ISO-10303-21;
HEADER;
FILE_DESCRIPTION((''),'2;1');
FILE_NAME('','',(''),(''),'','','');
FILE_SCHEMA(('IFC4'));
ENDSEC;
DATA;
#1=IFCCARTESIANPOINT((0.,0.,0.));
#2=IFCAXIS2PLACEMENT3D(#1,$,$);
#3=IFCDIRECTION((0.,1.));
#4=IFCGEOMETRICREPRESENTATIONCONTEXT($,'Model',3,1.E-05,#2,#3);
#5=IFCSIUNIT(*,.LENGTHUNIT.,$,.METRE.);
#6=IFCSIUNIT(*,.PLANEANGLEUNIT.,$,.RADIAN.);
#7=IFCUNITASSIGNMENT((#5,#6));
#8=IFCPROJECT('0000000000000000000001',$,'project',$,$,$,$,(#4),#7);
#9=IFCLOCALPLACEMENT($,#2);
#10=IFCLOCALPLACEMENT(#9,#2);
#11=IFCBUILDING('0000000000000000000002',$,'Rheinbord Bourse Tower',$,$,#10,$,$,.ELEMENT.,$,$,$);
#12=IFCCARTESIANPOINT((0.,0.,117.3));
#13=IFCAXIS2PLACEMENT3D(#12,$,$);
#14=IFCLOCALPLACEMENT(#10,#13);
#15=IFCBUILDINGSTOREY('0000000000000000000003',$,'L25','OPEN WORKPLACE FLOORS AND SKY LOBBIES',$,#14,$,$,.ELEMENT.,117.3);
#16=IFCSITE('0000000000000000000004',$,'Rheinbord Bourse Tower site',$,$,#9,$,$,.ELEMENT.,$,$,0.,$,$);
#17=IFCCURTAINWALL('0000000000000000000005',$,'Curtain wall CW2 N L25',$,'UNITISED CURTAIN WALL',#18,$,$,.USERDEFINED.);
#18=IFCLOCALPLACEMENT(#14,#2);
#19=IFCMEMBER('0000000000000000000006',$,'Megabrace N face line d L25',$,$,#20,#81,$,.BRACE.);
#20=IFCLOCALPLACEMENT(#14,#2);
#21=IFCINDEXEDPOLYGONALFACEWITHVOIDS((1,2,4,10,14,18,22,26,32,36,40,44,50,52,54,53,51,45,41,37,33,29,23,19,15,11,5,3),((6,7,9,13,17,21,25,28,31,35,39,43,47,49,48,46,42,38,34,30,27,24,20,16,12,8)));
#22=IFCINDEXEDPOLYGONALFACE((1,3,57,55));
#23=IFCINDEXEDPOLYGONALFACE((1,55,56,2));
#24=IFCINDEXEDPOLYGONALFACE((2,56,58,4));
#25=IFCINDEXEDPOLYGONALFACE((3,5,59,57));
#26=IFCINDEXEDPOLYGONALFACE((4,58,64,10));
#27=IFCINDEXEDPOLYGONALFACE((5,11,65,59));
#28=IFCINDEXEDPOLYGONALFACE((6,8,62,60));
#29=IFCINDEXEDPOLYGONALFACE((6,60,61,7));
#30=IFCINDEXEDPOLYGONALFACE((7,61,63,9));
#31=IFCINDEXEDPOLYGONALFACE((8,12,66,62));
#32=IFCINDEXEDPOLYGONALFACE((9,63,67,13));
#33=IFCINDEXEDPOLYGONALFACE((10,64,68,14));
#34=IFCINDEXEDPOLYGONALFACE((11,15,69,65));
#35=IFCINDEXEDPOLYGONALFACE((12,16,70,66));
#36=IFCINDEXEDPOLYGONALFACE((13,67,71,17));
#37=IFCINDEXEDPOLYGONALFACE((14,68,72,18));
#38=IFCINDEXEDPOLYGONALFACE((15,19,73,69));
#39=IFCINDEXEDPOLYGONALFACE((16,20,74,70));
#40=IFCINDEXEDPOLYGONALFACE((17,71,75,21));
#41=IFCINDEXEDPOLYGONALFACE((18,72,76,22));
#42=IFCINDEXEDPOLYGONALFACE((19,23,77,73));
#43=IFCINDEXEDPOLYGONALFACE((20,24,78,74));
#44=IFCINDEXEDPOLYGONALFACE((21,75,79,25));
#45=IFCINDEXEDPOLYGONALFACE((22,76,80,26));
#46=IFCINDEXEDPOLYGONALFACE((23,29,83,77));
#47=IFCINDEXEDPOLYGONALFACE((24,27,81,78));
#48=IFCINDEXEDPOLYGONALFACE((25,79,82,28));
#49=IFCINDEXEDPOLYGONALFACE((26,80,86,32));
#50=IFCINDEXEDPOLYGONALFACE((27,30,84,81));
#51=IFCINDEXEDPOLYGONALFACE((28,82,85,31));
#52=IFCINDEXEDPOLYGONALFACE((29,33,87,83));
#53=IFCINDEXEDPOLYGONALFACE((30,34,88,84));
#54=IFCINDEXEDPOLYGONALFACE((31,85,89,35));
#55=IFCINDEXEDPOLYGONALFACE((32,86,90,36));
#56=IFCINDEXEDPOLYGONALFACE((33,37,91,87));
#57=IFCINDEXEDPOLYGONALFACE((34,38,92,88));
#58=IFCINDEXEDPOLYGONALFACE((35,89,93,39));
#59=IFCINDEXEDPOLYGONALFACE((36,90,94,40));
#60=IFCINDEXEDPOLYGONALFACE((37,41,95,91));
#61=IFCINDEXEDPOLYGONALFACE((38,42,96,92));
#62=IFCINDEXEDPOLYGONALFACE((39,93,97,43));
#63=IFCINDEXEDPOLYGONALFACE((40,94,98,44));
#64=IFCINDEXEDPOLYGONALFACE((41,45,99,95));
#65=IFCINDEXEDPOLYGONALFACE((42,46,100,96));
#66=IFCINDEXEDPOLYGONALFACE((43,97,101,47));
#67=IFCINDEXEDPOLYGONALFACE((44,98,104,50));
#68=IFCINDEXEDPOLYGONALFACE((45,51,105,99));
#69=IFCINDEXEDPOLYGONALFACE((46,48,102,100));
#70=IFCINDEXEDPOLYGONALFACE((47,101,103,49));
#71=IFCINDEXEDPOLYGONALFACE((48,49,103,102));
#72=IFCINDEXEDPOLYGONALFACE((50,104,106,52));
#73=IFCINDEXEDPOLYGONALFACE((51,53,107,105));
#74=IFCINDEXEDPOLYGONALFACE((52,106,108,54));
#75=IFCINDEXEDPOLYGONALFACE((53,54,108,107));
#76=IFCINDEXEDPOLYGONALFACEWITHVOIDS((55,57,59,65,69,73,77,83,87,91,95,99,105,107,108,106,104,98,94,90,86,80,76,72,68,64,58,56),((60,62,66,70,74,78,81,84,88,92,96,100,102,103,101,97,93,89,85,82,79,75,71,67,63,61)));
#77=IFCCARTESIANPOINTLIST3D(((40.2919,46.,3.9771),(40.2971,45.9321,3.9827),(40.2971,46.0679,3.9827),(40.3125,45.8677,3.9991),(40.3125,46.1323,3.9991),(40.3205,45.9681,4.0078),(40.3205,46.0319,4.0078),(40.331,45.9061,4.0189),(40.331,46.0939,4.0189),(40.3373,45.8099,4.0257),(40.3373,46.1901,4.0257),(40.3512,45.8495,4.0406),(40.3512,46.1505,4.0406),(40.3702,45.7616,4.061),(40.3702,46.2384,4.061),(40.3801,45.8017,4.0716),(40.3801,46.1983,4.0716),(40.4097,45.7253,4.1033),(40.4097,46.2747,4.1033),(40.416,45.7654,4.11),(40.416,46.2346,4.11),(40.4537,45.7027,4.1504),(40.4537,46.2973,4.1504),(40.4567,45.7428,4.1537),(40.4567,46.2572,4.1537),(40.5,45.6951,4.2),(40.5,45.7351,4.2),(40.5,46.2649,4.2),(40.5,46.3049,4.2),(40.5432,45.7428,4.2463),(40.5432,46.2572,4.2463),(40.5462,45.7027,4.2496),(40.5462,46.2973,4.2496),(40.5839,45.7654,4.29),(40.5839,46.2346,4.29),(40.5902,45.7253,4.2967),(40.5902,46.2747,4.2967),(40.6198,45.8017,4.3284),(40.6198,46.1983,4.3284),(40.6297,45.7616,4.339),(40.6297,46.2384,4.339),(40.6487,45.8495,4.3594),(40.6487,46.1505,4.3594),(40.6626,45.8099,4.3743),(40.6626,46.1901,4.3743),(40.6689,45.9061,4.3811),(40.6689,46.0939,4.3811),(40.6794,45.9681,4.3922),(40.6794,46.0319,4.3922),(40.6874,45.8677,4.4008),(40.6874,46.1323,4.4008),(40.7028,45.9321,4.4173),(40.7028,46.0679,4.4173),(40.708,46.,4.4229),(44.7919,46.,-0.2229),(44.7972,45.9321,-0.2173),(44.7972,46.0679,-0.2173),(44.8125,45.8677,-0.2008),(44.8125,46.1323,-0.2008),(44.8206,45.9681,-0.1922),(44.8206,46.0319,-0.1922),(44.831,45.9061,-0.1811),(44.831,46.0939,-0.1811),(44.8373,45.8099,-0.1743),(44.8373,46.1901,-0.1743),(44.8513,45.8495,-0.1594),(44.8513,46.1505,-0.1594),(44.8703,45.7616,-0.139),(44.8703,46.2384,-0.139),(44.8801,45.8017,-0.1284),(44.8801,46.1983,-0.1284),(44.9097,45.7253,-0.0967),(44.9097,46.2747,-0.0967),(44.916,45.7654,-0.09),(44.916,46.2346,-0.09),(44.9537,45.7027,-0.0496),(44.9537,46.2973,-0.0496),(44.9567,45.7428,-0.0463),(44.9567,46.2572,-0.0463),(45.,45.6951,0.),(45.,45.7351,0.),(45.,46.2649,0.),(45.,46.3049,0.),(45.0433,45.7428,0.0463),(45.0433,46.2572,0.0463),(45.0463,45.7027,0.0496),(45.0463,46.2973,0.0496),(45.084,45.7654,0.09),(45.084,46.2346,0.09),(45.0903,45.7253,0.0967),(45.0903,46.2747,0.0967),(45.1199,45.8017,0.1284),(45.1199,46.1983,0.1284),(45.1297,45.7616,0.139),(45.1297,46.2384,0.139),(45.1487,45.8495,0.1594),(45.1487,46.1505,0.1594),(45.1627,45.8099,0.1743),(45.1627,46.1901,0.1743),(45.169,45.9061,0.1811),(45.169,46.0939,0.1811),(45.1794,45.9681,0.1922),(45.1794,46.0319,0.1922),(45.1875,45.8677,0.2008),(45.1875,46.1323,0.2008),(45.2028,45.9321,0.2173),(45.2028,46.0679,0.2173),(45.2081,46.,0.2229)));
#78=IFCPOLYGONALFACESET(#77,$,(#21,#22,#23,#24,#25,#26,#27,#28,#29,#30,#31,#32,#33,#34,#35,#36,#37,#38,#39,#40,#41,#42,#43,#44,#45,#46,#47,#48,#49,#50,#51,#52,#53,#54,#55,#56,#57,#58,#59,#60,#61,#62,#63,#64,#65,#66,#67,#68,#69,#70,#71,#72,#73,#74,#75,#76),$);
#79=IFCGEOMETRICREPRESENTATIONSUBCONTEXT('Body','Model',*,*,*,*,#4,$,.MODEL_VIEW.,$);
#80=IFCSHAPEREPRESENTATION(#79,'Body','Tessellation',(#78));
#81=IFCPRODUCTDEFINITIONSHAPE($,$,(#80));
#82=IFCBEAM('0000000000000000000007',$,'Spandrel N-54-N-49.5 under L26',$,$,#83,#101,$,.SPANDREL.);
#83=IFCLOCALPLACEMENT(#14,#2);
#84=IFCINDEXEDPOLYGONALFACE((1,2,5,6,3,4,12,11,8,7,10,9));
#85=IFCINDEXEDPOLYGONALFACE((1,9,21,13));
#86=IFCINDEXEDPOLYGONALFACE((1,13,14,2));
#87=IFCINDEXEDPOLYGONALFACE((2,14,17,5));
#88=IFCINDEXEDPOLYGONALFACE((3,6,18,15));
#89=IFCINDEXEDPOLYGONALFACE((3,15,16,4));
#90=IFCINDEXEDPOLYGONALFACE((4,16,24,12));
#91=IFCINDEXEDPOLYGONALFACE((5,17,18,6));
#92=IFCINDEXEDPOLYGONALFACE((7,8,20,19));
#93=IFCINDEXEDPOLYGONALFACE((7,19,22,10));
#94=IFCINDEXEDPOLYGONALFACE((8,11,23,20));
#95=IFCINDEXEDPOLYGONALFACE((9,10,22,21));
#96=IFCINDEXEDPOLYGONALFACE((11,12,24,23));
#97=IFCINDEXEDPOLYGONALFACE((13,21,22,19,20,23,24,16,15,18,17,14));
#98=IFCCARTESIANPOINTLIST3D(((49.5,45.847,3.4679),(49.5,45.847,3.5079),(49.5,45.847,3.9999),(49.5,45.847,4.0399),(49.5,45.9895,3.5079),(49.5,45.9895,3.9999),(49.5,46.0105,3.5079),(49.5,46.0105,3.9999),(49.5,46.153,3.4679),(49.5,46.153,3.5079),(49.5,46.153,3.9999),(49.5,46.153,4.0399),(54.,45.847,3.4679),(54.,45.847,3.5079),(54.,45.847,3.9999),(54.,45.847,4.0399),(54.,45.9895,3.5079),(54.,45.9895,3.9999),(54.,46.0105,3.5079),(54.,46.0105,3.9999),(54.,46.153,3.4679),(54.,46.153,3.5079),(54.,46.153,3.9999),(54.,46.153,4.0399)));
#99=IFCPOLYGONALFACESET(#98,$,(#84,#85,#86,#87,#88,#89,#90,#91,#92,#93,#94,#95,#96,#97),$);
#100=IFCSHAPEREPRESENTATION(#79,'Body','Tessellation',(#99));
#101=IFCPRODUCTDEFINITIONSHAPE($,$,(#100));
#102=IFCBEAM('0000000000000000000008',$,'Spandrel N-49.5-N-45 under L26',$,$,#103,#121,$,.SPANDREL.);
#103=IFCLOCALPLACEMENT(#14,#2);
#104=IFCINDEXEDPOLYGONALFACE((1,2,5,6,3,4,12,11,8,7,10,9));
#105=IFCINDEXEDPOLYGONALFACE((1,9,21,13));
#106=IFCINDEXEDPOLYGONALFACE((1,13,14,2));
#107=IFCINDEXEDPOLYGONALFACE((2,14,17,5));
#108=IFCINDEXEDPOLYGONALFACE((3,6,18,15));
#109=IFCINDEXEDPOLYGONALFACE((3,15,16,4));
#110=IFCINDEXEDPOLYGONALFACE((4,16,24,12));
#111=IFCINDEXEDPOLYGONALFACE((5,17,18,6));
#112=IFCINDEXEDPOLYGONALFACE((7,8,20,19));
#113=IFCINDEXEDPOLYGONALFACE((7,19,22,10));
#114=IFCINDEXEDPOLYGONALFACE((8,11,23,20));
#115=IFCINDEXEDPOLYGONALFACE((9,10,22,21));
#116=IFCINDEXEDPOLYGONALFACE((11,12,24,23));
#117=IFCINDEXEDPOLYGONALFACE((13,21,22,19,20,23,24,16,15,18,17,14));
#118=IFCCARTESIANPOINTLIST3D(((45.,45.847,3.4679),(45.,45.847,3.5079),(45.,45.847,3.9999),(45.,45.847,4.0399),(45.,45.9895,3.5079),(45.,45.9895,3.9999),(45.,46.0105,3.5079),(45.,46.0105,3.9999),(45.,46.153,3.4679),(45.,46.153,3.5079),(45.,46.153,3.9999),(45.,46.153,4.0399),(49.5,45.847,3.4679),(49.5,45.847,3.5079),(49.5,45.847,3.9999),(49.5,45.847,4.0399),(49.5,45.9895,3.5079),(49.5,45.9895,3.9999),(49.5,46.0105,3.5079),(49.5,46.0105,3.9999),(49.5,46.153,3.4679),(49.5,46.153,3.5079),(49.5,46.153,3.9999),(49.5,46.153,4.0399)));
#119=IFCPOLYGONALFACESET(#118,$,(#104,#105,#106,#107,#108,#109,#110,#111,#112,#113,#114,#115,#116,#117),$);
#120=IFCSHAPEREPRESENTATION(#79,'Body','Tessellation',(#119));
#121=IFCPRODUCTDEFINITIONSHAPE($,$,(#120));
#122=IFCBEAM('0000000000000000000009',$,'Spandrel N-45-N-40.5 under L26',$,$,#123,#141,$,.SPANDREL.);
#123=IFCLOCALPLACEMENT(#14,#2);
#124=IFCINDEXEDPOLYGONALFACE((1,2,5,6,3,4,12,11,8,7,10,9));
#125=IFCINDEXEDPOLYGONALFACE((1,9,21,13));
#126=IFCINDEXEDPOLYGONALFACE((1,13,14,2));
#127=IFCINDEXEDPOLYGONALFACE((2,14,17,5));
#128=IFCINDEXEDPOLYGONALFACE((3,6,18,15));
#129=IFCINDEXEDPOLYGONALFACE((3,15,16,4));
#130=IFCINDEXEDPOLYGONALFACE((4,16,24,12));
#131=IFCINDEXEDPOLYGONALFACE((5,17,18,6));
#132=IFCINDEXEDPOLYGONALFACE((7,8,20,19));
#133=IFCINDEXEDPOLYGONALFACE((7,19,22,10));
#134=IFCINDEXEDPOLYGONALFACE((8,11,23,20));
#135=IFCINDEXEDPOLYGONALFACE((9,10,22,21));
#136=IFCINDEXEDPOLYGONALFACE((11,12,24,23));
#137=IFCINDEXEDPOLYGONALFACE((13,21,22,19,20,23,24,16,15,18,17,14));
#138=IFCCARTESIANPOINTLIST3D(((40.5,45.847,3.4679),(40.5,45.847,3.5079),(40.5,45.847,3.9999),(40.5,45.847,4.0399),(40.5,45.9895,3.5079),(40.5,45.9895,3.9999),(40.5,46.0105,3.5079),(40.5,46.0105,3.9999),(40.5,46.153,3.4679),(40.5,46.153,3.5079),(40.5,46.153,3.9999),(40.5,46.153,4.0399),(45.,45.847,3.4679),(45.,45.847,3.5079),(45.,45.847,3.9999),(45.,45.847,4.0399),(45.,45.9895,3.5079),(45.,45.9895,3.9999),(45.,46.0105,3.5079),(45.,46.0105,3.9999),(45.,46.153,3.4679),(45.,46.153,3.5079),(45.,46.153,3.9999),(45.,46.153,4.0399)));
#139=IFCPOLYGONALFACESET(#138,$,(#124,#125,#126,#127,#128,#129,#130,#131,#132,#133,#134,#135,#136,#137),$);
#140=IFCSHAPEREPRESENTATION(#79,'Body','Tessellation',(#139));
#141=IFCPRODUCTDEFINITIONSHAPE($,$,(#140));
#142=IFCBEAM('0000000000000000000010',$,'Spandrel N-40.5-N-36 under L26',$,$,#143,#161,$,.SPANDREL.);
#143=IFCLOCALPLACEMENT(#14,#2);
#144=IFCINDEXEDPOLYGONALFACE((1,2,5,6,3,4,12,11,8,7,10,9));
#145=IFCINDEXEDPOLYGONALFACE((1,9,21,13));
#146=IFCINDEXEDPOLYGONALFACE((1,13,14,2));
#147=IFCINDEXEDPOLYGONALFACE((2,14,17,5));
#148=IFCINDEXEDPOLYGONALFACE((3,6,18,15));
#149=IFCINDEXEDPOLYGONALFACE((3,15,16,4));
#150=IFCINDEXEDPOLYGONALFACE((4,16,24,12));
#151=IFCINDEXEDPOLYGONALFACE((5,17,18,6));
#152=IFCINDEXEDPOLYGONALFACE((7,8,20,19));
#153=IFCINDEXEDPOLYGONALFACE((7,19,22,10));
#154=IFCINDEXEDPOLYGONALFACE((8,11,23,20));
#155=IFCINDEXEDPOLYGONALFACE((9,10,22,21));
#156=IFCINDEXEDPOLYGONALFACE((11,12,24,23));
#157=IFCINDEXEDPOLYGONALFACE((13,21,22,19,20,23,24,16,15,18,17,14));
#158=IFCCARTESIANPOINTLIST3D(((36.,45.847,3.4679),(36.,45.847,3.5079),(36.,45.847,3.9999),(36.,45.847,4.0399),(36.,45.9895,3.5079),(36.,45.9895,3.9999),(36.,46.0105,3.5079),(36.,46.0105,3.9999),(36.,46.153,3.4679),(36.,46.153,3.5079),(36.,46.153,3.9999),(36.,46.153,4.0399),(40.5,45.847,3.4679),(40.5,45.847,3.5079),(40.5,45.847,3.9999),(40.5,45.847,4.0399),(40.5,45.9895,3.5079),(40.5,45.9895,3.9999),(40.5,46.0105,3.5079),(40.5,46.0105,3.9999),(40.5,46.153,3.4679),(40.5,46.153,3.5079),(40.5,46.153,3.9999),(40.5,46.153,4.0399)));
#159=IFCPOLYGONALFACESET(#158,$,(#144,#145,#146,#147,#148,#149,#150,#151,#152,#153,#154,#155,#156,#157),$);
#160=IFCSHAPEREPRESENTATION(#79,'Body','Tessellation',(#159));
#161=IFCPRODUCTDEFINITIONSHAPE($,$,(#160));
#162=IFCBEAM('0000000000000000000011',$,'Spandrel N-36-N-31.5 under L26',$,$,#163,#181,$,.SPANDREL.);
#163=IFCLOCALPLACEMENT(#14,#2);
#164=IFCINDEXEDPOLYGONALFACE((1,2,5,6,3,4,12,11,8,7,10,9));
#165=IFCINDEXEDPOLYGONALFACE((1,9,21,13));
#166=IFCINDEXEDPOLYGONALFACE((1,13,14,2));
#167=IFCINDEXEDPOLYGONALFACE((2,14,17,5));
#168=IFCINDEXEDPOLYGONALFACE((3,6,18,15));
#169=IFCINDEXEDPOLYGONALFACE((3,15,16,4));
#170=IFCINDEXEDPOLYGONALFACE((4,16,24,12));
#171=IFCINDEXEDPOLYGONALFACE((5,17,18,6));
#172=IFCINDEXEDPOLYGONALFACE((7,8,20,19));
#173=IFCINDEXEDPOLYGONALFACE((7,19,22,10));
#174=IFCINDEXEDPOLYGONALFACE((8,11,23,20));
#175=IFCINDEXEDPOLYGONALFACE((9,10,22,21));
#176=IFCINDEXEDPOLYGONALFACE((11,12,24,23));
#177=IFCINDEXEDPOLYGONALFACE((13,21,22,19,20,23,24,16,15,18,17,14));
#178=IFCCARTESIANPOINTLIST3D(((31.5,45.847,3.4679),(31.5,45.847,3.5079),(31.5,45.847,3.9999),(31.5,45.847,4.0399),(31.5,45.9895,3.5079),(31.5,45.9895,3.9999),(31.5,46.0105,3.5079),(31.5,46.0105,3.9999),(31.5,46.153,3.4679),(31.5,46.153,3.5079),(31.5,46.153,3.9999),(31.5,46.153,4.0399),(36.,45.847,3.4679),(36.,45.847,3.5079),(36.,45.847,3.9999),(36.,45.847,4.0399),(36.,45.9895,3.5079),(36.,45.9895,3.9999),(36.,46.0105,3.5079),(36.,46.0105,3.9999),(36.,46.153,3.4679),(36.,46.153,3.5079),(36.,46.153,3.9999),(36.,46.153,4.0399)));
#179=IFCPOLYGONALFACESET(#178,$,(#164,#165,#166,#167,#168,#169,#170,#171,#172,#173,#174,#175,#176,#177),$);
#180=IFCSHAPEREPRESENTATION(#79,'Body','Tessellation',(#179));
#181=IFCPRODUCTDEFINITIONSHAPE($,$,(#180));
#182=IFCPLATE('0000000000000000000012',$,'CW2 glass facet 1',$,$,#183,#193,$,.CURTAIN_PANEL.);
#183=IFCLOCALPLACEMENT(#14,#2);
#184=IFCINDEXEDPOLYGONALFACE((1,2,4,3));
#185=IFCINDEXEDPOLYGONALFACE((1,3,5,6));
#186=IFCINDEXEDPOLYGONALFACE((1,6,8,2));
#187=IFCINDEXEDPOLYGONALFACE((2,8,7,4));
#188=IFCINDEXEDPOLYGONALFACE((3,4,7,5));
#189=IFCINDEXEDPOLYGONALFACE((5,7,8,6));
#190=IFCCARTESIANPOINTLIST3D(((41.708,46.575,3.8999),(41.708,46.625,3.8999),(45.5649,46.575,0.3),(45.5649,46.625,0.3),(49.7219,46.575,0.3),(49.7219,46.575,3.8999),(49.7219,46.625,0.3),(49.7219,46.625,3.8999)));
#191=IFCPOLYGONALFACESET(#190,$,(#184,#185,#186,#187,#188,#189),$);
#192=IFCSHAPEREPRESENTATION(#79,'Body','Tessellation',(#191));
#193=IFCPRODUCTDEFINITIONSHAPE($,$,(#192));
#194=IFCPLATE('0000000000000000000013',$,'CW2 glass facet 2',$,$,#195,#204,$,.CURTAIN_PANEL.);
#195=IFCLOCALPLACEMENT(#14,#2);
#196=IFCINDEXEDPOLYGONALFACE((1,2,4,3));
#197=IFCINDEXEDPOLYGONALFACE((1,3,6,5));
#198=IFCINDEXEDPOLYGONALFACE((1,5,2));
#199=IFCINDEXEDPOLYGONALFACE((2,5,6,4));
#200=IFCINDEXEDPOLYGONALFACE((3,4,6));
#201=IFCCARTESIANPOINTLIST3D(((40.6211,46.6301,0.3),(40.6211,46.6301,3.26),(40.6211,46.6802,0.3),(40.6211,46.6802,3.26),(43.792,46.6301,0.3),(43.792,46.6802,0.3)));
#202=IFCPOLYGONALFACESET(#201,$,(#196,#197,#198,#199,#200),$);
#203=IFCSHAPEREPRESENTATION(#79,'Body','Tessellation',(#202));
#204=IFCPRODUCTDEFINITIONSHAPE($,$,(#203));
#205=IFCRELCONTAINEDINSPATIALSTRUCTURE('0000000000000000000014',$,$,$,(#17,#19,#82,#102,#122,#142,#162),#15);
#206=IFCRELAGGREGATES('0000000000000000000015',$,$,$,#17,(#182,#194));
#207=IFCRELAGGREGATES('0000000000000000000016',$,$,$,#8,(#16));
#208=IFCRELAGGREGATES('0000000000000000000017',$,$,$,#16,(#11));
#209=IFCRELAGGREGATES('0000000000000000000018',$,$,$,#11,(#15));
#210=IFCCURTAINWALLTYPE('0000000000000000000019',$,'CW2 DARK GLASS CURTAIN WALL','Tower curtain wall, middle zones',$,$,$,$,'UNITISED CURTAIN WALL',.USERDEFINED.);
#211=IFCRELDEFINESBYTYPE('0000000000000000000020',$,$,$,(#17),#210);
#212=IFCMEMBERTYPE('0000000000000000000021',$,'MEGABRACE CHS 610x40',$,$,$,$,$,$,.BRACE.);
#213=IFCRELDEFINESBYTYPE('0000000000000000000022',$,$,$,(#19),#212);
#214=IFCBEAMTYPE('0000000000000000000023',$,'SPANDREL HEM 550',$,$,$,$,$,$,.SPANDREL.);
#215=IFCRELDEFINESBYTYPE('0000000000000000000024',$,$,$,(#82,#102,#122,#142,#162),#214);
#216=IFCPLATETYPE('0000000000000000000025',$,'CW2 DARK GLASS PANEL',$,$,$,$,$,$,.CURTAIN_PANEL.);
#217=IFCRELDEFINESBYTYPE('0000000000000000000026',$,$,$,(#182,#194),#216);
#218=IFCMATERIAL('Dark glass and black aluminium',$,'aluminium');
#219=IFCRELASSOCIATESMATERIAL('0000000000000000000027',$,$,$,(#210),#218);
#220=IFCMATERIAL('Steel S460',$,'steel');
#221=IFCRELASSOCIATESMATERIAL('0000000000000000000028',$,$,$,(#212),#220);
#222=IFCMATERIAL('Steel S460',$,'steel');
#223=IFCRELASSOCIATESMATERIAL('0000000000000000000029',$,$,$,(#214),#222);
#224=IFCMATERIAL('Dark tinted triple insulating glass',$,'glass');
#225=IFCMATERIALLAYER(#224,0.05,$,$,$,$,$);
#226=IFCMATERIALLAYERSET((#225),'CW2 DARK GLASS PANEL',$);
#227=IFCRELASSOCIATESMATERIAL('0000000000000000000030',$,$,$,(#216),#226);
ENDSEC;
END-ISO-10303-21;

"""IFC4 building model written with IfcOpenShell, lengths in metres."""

from ifc_helpers import new_model, si_unit, direction, frame, origin, origin_2d, place, context, subcontext, project, spatial, polyline, hollow_circle, i_section, outline, extrude, material, layer, layer_set, material_profile, profile_set, type_object, element, aggregate, save


model = new_model("IFC4")

# Units and contexts
model_context = context("Model", 3, precision=1e-05, world=origin(), true_north=direction((0.0, 1.0)))
body_context = subcontext(model_context, "Body", "Model", "MODEL_VIEW")
ifc_project = project(units=[si_unit("LENGTHUNIT", "METRE"), si_unit("PLANEANGLEUNIT", "RADIAN")], contexts=[model_context])

# Site, building, storey
site_placement = place(None, origin())
site = spatial("IfcSite", under=ifc_project, at=site_placement, Name="Rheinbord Bourse Tower site", CompositionType="ELEMENT", RefElevation=0.0)
building_placement = place(site_placement, origin())
building = spatial("IfcBuilding", under=site, at=building_placement, Name="Rheinbord Bourse Tower", CompositionType="ELEMENT")
storey_placement = place(building_placement, frame((0.0, 0.0, 117.3)))
storey = spatial("IfcBuildingStorey", under=building, at=storey_placement, Name="L25", Description="OPEN WORKPLACE FLOORS AND SKY LOBBIES", CompositionType="ELEMENT", Elevation=117.3)

# Curtain wall
ifc_material_1 = material(Name="Dark glass and black aluminium", Category="aluminium")
curtain_wall_type = type_object("IfcCurtainWallType", Name="CW2 DARK GLASS CURTAIN WALL", Description="Tower curtain wall, middle zones", ElementType="UNITISED CURTAIN WALL", PredefinedType="USERDEFINED", material=ifc_material_1)
curtain_wall_placement = place(storey_placement, origin())
curtain_wall = element("IfcCurtainWall", 1, at=curtain_wall_placement, inside=storey, type_object=curtain_wall_type, Name="Curtain wall CW2 N L25", ObjectType="UNITISED CURTAIN WALL", PredefinedType="USERDEFINED")

# Member
ifc_material_2 = material(Name="Steel S460", Category="steel")
ifc_material_profile_1 = material_profile(ifc_material_2, hollow_circle(Radius=0.3049, WallThickness=0.04, at=origin_2d()), Name="CHS 610x40")
ifc_profile_set_1 = profile_set([ifc_material_profile_1], Name="Steel S460")
member_type_1 = type_object("IfcMemberType", Name="MEGABRACE CHS 610x40", PredefinedType="BRACE", material=ifc_profile_set_1)
member_1_placement = place(storey_placement, frame((45.0, 46.0, 0.0), z_axis=(-0.731059, 0.0, 0.682314), x_axis=(0.0, -1.0, 0.0)))
element("IfcMember", 2, at=member_1_placement, inside=storey, type_object=member_type_1, Name="Megabrace N face line d L25", PredefinedType="BRACE", context=body_context, shape_type="SweptSolid", body=[
    extrude(hollow_circle(Radius=0.3049, WallThickness=0.04, at=origin_2d()), origin(), (0.0, 0.0, 1.0), 6.1555),
])

# Beams
ifc_material_3 = material(Name="Steel S460", Category="steel")
ifc_material_profile_2 = material_profile(ifc_material_3, i_section(OverallWidth=0.3059, OverallDepth=0.572, WebThickness=0.021, FlangeThickness=0.04, at=origin_2d()), Name="HEM 550")
ifc_profile_set_2 = profile_set([ifc_material_profile_2], Name="Steel S460")
beam_type_1 = type_object("IfcBeamType", Name="SPANDREL HEM 550", PredefinedType="SPANDREL", material=ifc_profile_set_2)
for number, where, z_axis, x_axis, name in (
    (3, (54.0, 46.0, 3.7539), (-1.0, 0.0, 0.0), (0.0, -1.0, 0.0), "Spandrel N-54-N-49.5 under L26"),
    (4, (49.5, 46.0, 3.7539), (-1.0, 0.0, 0.0), (0.0, -1.0, 0.0), "Spandrel N-49.5-N-45 under L26"),
    (5, (45.0, 46.0, 3.7539), (-1.0, 0.0, 0.0), (0.0, -1.0, 0.0), "Spandrel N-45-N-40.5 under L26"),
    (6, (40.5, 46.0, 3.7539), (-1.0, 0.0, 0.0), (0.0, -1.0, 0.0), "Spandrel N-40.5-N-36 under L26"),
    (7, (36.0, 46.0, 3.7539), (-1.0, 0.0, 0.0), (0.0, -1.0, 0.0), "Spandrel N-36-N-31.5 under L26"),
):
    element("IfcBeam", number, at=place(storey_placement, frame(where, z_axis=z_axis, x_axis=x_axis)), inside=storey, type_object=beam_type_1, Name=name, PredefinedType="SPANDREL", context=body_context, shape_type="SweptSolid", body=[
        extrude(i_section(OverallWidth=0.3059, OverallDepth=0.572, WebThickness=0.021, FlangeThickness=0.04, at=origin_2d()), origin(), (0.0, 0.0, 1.0), 4.5),
    ])

# Plates
ifc_material_4 = material(Name="Dark tinted triple insulating glass", Category="glass")
ifc_layer_1 = layer(ifc_material_4, 0.05)
ifc_layer_set_1 = layer_set([ifc_layer_1], Name="CW2 DARK GLASS PANEL")
plate_type = type_object("IfcPlateType", Name="CW2 DARK GLASS PANEL", PredefinedType="CURTAIN_PANEL", material=ifc_layer_set_1)
plate_1_placement = place(storey_placement, frame((49.7219, 46.625, 0.3), z_axis=(0.0, -1.0, 0.0), x_axis=(0.0, 0.0, 1.0)))
plate_1 = element("IfcPlate", 8, at=plate_1_placement, type_object=plate_type, Name="CW2 glass facet 1", PredefinedType="CURTAIN_PANEL", context=body_context, shape_type="SweptSolid", body=[
    extrude(outline(polyline([(0.0, 0.0), (3.5999, 0.0), (3.5999, 8.0139), (0.0, 4.157), (0.0, 0.0)])), origin(), (0.0, 0.0, 1.0), 0.05),
])
plate_2_placement = place(storey_placement, frame((40.6211, 46.6802, 0.3), z_axis=(0.0, -1.0, 0.0), x_axis=(1.0, 0.0, 0.0)))
plate_2 = element("IfcPlate", 9, at=plate_2_placement, type_object=plate_type, Name="CW2 glass facet 2", PredefinedType="CURTAIN_PANEL", context=body_context, shape_type="SweptSolid", body=[
    extrude(outline(polyline([(0.0, 0.0), (3.1709, 0.0), (0.0, 2.96), (0.0, 0.0)])), origin(), (0.0, 0.0, 1.0), 0.05),
])
aggregate(curtain_wall, [plate_1, plate_2])

save(model, "model.ifc")
